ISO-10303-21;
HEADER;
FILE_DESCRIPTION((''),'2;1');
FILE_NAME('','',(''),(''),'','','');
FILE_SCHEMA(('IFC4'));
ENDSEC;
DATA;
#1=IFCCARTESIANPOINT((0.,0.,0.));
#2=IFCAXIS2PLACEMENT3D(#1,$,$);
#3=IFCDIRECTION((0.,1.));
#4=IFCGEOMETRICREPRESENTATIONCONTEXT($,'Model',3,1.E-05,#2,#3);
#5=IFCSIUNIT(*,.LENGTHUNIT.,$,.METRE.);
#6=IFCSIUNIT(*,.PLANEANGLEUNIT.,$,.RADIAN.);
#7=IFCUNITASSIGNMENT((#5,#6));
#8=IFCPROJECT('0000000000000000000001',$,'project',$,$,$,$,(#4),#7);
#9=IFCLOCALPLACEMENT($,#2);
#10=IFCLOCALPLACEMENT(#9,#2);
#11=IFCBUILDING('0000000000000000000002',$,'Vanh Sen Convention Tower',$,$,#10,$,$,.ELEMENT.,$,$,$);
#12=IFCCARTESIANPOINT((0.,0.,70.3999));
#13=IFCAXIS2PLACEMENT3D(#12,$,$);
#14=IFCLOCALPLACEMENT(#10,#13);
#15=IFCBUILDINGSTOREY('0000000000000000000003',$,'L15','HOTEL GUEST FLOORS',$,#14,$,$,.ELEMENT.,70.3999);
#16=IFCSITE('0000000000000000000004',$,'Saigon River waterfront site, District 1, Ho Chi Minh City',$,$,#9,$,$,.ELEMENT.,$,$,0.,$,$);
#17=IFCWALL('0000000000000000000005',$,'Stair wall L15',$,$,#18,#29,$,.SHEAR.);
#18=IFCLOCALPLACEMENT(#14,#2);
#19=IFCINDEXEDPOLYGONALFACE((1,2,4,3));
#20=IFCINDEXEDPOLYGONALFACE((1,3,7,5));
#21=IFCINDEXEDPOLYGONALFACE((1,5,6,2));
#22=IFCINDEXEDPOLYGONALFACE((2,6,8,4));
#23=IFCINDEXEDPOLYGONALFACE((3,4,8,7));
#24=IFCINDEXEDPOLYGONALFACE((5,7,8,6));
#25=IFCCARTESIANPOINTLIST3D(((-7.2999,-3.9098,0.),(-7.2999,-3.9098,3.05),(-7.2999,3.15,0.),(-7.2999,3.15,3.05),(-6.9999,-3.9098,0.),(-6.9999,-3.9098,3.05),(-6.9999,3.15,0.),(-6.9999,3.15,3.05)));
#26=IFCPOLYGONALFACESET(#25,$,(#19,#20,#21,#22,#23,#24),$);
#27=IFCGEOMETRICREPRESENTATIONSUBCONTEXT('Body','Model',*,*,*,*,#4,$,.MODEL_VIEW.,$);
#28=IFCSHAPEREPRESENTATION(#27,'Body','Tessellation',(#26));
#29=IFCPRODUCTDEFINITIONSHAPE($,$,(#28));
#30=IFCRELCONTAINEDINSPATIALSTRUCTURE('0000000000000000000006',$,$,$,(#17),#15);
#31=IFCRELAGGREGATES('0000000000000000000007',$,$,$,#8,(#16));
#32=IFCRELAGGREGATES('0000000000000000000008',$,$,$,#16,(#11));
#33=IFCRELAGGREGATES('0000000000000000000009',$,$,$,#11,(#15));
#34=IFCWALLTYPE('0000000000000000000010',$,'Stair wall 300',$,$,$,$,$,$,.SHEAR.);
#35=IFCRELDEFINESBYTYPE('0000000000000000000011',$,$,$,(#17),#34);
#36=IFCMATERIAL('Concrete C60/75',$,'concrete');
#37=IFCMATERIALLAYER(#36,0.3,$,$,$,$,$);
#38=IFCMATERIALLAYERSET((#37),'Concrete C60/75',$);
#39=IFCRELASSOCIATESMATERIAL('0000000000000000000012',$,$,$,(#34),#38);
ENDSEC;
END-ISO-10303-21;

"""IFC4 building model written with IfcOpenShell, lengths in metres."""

from ifc_helpers import new_model, si_unit, direction, frame, frame_2d, origin, place, context, subcontext, project, spatial, rectangle, extrude, material, layer, layer_set, type_object, element, save


model = new_model("IFC4")

# Units and contexts
model_context = context("Model", 3, precision=1e-05, world=origin(), true_north=direction((0.0, 1.0)))
body_context = subcontext(model_context, "Body", "Model", "MODEL_VIEW")
ifc_project = project(units=[si_unit("LENGTHUNIT", "METRE"), si_unit("PLANEANGLEUNIT", "RADIAN")], contexts=[model_context])

# Site, building, storey
site_placement = place(None, origin())
site = spatial("IfcSite", under=ifc_project, at=site_placement, Name="Saigon River waterfront site, District 1, Ho Chi Minh City", CompositionType="ELEMENT", RefElevation=0.0)
building_placement = place(site_placement, origin())
building = spatial("IfcBuilding", under=site, at=building_placement, Name="Vanh Sen Convention Tower", CompositionType="ELEMENT")
storey_placement = place(building_placement, frame((0.0, 0.0, 70.3999)))
storey = spatial("IfcBuildingStorey", under=building, at=storey_placement, Name="L15", Description="HOTEL GUEST FLOORS", CompositionType="ELEMENT", Elevation=70.3999)

# Shared definitions
ifc_material_1 = material(Name="Concrete C60/75", Category="concrete")

# Shared definitions
ifc_layer_1 = layer(ifc_material_1, 0.3)
ifc_layer_set_1 = layer_set([ifc_layer_1], Name="Concrete C60/75")
wall_type_1 = type_object("IfcWallType", Name="Stair wall 300", PredefinedType="SHEAR", material=ifc_layer_set_1)

# Wall
for number, where, z_axis, x_axis, name in (
    (1, (-7.1499, 3.1499, 0.0), (0.0, 0.0, 1.0), (0.0, -1.0, 0.0), "Stair wall L15"),
):
    element("IfcWall", number, at=place(storey_placement, frame(where, z_axis=z_axis, x_axis=x_axis)), inside=storey, type_object=wall_type_1, Name=name, PredefinedType="SHEAR", context=body_context, shape_type="SweptSolid", body=[
        extrude(rectangle(XDim=7.0598, YDim=0.3, at=frame_2d((3.5298, 0.0))), origin(), (0.0, 0.0, 1.0), 3.05),
    ])

save(model, "model.ifc")
